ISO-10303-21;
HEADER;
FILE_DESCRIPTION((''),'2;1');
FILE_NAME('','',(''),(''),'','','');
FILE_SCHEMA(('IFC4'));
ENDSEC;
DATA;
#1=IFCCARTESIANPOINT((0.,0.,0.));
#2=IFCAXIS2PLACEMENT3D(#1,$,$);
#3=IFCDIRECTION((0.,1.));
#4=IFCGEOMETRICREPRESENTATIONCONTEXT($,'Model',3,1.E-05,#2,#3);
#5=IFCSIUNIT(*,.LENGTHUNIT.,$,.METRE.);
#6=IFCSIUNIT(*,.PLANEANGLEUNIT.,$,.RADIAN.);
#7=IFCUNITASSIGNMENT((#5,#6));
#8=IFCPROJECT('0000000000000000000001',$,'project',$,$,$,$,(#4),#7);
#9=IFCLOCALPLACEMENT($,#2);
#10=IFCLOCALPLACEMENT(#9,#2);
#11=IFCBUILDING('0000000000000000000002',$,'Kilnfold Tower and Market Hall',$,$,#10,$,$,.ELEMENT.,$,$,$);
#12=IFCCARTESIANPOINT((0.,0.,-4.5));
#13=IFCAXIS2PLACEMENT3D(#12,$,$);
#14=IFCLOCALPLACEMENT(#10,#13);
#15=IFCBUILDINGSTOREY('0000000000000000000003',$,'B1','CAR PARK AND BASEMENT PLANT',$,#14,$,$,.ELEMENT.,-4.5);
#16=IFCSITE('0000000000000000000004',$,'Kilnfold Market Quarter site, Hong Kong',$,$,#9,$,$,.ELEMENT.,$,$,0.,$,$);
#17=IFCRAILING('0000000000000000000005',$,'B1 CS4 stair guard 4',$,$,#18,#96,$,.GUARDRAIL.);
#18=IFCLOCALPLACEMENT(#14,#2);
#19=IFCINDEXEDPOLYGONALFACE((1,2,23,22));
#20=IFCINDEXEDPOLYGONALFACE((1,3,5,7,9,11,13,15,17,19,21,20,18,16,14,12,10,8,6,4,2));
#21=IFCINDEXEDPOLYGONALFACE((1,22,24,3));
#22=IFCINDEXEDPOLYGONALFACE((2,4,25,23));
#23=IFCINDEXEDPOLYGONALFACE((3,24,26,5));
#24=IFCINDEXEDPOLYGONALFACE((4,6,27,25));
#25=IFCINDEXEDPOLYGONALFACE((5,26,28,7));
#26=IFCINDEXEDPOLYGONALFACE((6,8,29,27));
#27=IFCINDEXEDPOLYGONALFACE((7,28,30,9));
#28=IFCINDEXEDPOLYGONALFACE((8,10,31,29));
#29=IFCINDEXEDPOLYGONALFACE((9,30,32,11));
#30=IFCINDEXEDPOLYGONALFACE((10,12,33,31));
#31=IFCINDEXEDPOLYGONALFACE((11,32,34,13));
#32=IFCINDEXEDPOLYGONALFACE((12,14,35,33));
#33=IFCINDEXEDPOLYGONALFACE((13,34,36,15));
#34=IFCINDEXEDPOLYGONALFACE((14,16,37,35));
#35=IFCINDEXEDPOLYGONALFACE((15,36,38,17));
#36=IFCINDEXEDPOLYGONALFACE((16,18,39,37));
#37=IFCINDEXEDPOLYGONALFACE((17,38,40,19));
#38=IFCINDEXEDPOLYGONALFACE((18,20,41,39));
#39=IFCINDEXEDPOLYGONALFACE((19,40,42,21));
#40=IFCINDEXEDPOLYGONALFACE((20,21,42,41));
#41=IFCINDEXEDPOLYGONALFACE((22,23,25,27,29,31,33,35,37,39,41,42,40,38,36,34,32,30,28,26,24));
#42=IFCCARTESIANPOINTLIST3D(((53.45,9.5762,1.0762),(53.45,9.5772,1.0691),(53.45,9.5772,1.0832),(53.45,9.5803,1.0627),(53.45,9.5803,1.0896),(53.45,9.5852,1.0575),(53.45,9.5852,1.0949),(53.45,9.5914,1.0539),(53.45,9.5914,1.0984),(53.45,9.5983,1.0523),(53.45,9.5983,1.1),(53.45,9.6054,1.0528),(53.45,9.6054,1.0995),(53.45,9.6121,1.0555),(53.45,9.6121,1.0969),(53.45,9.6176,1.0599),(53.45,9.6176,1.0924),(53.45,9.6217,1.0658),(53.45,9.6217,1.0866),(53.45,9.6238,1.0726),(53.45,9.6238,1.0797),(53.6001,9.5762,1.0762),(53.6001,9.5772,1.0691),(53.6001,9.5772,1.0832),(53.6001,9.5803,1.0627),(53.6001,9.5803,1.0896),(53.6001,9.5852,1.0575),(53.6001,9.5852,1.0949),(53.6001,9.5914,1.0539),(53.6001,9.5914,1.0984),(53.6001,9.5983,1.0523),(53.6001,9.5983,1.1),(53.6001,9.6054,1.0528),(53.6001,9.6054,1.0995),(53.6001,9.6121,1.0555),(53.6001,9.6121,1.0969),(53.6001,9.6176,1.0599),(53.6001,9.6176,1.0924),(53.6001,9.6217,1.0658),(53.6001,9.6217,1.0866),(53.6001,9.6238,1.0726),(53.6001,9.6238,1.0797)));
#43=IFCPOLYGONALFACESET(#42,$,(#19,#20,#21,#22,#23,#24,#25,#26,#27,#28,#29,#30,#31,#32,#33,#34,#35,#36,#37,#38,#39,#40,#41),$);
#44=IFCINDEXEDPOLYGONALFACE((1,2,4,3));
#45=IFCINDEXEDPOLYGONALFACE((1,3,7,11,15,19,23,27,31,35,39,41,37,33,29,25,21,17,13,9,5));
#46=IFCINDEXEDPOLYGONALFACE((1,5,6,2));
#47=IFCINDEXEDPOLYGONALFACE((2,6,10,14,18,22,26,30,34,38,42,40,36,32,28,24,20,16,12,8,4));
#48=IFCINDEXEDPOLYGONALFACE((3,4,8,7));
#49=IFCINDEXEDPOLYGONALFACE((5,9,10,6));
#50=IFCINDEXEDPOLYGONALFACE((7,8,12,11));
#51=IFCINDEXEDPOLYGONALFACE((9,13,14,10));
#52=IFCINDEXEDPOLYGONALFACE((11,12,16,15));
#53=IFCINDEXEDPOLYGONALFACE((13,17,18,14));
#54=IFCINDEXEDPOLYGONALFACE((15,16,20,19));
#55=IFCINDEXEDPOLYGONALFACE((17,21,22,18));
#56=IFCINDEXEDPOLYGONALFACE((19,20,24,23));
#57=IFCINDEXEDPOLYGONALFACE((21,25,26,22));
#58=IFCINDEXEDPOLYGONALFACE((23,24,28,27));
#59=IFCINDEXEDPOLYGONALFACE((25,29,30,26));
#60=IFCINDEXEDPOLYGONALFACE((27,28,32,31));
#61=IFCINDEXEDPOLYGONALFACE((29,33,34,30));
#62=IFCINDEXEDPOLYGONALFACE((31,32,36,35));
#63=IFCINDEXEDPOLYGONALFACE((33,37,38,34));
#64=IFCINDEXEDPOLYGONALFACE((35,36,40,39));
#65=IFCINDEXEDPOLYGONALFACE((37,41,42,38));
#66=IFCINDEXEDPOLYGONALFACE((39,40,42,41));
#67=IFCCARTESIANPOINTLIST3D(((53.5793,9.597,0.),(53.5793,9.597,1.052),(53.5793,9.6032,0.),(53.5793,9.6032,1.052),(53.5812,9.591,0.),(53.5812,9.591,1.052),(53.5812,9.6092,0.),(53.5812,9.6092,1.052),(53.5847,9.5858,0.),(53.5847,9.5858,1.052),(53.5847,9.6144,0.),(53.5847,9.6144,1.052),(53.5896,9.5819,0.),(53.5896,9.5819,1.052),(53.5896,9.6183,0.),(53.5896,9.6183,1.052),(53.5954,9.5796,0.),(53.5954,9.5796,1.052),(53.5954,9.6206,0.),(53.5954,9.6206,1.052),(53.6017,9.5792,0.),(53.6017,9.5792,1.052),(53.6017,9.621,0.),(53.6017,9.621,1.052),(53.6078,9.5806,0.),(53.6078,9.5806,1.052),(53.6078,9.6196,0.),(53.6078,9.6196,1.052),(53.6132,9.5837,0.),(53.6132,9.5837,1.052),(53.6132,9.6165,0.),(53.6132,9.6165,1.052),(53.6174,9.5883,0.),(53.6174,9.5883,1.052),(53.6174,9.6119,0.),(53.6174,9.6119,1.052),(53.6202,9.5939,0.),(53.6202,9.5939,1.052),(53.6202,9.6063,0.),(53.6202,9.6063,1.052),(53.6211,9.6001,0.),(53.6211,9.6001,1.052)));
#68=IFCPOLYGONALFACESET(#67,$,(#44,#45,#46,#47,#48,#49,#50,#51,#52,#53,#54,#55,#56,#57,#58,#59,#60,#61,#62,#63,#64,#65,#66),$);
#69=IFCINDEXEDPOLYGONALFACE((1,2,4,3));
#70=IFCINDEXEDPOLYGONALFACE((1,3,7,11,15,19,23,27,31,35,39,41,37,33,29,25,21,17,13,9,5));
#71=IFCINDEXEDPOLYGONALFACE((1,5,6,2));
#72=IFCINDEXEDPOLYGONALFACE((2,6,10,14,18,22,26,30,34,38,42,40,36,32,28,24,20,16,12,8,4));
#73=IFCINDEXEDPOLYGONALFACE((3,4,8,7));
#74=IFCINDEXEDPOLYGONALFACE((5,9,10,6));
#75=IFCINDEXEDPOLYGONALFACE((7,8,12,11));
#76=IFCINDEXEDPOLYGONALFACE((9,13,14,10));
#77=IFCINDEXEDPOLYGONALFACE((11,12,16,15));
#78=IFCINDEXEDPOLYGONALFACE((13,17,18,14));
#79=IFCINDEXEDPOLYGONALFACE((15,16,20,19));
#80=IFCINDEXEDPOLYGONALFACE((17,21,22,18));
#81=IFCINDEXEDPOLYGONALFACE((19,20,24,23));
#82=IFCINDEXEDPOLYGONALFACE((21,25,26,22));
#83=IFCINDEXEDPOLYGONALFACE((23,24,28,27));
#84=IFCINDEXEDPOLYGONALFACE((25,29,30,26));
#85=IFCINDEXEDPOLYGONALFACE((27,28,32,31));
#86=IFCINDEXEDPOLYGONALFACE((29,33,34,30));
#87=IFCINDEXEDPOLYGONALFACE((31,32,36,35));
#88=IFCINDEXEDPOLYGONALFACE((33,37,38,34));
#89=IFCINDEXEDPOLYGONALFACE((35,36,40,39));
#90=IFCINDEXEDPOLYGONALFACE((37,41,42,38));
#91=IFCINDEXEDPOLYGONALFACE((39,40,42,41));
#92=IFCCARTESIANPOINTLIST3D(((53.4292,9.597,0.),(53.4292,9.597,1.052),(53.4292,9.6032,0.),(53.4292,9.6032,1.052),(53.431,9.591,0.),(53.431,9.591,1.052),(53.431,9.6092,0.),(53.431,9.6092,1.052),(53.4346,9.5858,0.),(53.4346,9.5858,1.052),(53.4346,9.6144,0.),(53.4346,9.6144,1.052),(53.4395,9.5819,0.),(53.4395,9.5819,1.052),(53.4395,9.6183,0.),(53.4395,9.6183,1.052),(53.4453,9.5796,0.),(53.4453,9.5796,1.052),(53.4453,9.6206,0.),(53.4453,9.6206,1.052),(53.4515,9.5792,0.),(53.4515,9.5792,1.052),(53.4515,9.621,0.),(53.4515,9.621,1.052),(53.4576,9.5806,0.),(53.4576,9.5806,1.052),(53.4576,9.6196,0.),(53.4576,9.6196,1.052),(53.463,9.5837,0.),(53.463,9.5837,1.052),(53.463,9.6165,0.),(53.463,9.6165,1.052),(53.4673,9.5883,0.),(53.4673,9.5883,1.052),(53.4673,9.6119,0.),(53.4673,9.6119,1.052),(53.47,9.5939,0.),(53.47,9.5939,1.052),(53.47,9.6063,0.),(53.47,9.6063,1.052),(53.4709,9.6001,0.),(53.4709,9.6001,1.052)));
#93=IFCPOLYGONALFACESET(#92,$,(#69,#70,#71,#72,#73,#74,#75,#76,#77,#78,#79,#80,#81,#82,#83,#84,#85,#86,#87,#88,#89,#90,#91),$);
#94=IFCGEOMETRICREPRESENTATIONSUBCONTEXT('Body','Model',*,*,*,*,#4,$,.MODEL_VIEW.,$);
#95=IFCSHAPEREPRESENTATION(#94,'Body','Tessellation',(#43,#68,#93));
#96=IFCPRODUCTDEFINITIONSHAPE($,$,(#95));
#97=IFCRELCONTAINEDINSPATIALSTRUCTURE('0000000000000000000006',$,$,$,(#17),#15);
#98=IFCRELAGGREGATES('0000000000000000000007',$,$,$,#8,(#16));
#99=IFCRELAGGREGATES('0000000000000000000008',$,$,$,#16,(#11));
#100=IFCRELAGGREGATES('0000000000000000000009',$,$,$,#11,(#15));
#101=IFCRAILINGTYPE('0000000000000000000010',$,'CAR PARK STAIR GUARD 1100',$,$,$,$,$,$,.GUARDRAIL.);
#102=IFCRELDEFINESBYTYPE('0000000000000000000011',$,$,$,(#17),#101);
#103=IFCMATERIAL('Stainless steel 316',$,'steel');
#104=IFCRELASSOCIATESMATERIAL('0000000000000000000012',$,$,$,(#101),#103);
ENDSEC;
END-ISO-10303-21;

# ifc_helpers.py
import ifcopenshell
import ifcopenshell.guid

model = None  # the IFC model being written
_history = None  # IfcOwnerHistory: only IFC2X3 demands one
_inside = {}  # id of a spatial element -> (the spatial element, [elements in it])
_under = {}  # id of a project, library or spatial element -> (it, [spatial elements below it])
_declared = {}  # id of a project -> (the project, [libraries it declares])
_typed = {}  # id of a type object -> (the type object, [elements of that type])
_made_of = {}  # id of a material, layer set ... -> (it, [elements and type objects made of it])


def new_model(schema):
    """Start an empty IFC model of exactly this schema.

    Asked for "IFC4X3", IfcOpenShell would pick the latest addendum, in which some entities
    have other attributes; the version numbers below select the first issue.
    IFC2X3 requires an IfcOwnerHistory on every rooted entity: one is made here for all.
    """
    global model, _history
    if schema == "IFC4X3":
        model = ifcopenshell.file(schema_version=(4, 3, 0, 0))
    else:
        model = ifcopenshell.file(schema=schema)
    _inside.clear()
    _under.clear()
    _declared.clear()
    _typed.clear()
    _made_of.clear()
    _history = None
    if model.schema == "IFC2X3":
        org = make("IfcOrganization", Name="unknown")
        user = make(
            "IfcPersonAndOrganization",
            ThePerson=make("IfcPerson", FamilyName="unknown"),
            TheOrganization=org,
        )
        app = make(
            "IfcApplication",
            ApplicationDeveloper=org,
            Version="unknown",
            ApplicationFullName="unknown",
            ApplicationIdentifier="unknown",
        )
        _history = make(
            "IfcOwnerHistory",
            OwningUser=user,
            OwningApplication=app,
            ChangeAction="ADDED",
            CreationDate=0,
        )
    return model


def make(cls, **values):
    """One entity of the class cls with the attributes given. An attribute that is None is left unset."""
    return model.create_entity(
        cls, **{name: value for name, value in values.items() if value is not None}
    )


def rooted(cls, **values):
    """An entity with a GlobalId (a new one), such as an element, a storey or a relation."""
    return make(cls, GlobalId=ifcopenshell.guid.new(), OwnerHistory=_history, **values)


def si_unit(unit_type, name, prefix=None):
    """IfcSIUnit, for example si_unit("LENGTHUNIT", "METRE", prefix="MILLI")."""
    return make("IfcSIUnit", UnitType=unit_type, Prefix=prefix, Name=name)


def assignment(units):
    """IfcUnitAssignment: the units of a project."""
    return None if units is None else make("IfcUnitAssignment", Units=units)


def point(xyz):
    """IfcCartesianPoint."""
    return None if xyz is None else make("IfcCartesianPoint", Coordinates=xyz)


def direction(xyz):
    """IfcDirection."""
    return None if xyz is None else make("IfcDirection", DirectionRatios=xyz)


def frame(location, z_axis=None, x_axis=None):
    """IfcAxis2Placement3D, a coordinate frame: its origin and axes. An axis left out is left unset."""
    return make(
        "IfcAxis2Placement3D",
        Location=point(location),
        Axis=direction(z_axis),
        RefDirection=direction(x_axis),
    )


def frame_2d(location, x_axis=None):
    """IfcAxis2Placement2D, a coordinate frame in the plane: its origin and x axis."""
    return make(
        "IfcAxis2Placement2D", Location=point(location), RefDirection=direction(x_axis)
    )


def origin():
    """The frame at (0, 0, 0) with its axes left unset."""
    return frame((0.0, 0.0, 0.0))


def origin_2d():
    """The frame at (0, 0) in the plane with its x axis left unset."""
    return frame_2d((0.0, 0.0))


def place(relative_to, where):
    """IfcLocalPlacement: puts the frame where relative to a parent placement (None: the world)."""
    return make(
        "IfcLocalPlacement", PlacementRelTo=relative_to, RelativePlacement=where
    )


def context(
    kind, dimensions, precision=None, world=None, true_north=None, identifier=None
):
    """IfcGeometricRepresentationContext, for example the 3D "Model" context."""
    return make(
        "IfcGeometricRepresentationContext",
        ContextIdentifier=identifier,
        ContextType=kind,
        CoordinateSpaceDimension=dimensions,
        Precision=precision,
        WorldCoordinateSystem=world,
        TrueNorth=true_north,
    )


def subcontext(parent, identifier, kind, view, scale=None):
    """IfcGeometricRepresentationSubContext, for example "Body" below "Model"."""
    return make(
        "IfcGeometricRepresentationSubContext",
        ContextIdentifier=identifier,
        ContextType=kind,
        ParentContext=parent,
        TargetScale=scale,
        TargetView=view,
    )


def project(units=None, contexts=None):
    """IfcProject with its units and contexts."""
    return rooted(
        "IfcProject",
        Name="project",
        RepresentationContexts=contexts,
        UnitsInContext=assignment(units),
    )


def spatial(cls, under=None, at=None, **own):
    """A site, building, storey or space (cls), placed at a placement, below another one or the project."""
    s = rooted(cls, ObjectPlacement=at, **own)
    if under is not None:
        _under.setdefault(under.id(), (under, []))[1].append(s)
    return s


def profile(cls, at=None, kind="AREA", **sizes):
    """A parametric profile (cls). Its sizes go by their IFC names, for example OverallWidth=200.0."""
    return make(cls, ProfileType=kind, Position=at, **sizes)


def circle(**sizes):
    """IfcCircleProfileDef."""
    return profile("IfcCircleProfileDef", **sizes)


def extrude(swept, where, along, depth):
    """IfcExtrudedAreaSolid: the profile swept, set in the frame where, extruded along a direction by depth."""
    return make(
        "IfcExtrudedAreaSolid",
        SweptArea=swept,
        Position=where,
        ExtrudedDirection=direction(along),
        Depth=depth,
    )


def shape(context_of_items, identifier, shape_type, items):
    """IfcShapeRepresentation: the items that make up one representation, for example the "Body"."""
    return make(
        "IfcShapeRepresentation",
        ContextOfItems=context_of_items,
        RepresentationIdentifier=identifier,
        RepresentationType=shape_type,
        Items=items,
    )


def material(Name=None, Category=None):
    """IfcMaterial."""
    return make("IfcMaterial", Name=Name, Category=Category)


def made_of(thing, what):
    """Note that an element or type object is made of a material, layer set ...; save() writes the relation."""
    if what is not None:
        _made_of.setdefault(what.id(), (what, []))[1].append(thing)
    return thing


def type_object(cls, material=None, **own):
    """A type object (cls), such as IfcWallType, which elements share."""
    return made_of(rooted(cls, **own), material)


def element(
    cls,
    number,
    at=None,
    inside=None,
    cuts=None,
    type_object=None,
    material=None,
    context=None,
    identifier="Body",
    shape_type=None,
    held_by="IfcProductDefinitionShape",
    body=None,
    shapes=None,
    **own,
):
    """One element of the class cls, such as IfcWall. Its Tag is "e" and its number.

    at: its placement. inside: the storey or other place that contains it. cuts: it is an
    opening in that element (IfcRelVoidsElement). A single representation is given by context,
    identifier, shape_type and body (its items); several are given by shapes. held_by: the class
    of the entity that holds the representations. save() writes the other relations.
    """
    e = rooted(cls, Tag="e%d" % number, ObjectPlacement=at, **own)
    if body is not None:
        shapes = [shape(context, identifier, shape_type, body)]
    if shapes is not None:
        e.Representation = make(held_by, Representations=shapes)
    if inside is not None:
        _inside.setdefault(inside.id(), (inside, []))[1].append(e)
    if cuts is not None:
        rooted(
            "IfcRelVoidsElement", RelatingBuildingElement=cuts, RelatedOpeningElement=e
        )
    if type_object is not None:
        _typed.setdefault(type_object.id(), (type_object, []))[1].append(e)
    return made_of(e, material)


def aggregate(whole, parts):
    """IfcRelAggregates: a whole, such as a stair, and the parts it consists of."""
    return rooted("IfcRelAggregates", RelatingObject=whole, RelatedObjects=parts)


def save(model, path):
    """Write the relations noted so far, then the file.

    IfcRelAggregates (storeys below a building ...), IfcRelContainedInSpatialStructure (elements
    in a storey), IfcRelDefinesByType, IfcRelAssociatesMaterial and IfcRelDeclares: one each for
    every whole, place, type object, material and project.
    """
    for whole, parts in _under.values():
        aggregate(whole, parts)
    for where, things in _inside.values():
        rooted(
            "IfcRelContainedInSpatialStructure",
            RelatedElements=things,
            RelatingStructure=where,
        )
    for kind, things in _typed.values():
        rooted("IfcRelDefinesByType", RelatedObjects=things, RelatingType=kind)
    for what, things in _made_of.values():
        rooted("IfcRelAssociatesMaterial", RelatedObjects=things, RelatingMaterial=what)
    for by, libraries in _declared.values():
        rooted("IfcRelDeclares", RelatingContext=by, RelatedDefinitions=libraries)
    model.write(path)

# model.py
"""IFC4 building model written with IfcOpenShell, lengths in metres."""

from ifc_helpers import new_model, si_unit, direction, frame, origin, origin_2d, place, context, subcontext, project, spatial, circle, extrude, material, type_object, element, save


model = new_model("IFC4")

# Units and contexts
model_context = context("Model", 3, precision=1e-05, world=origin(), true_north=direction((0.0, 1.0)))
body_context = subcontext(model_context, "Body", "Model", "MODEL_VIEW")
ifc_project = project(units=[si_unit("LENGTHUNIT", "METRE"), si_unit("PLANEANGLEUNIT", "RADIAN")], contexts=[model_context])

# Site, building, storey
site_placement = place(None, origin())
site = spatial("IfcSite", under=ifc_project, at=site_placement, Name="Kilnfold Market Quarter site, Hong Kong", CompositionType="ELEMENT", RefElevation=0.0)
building_placement = place(site_placement, origin())
building = spatial("IfcBuilding", under=site, at=building_placement, Name="Kilnfold Tower and Market Hall", CompositionType="ELEMENT")
storey_placement = place(building_placement, frame((0.0, 0.0, -4.5)))
storey = spatial("IfcBuildingStorey", under=building, at=storey_placement, Name="B1", Description="CAR PARK AND BASEMENT PLANT", CompositionType="ELEMENT", Elevation=-4.5)

# Railing
ifc_material_1 = material(Name="Stainless steel 316", Category="steel")
railing_type_1 = type_object("IfcRailingType", Name="CAR PARK STAIR GUARD 1100", PredefinedType="GUARDRAIL", material=ifc_material_1)
railing_1_placement = place(storey_placement, frame((53.6001, 9.6001, 0.0)))
element("IfcRailing", 1, at=railing_1_placement, inside=storey, type_object=railing_type_1, Name="B1 CS4 stair guard 4", PredefinedType="GUARDRAIL", context=body_context, shape_type="SweptSolid", body=[
    extrude(circle(Radius=0.0239, at=origin_2d()), frame((0.0, 0.0, 1.0762), z_axis=(-1.0, 0.0, 0.0), x_axis=(0.0, -1.0, 0.0)), (0.0, 0.0, 1.0), 0.1501),
    extrude(circle(Radius=0.021, at=origin_2d()), origin(), (0.0, 0.0, 1.0), 1.052),
    extrude(circle(Radius=0.021, at=origin_2d()), frame((-0.1501, 0.0, 0.0)), (0.0, 0.0, 1.0), 1.052),
])

save(model, "model.ifc")
